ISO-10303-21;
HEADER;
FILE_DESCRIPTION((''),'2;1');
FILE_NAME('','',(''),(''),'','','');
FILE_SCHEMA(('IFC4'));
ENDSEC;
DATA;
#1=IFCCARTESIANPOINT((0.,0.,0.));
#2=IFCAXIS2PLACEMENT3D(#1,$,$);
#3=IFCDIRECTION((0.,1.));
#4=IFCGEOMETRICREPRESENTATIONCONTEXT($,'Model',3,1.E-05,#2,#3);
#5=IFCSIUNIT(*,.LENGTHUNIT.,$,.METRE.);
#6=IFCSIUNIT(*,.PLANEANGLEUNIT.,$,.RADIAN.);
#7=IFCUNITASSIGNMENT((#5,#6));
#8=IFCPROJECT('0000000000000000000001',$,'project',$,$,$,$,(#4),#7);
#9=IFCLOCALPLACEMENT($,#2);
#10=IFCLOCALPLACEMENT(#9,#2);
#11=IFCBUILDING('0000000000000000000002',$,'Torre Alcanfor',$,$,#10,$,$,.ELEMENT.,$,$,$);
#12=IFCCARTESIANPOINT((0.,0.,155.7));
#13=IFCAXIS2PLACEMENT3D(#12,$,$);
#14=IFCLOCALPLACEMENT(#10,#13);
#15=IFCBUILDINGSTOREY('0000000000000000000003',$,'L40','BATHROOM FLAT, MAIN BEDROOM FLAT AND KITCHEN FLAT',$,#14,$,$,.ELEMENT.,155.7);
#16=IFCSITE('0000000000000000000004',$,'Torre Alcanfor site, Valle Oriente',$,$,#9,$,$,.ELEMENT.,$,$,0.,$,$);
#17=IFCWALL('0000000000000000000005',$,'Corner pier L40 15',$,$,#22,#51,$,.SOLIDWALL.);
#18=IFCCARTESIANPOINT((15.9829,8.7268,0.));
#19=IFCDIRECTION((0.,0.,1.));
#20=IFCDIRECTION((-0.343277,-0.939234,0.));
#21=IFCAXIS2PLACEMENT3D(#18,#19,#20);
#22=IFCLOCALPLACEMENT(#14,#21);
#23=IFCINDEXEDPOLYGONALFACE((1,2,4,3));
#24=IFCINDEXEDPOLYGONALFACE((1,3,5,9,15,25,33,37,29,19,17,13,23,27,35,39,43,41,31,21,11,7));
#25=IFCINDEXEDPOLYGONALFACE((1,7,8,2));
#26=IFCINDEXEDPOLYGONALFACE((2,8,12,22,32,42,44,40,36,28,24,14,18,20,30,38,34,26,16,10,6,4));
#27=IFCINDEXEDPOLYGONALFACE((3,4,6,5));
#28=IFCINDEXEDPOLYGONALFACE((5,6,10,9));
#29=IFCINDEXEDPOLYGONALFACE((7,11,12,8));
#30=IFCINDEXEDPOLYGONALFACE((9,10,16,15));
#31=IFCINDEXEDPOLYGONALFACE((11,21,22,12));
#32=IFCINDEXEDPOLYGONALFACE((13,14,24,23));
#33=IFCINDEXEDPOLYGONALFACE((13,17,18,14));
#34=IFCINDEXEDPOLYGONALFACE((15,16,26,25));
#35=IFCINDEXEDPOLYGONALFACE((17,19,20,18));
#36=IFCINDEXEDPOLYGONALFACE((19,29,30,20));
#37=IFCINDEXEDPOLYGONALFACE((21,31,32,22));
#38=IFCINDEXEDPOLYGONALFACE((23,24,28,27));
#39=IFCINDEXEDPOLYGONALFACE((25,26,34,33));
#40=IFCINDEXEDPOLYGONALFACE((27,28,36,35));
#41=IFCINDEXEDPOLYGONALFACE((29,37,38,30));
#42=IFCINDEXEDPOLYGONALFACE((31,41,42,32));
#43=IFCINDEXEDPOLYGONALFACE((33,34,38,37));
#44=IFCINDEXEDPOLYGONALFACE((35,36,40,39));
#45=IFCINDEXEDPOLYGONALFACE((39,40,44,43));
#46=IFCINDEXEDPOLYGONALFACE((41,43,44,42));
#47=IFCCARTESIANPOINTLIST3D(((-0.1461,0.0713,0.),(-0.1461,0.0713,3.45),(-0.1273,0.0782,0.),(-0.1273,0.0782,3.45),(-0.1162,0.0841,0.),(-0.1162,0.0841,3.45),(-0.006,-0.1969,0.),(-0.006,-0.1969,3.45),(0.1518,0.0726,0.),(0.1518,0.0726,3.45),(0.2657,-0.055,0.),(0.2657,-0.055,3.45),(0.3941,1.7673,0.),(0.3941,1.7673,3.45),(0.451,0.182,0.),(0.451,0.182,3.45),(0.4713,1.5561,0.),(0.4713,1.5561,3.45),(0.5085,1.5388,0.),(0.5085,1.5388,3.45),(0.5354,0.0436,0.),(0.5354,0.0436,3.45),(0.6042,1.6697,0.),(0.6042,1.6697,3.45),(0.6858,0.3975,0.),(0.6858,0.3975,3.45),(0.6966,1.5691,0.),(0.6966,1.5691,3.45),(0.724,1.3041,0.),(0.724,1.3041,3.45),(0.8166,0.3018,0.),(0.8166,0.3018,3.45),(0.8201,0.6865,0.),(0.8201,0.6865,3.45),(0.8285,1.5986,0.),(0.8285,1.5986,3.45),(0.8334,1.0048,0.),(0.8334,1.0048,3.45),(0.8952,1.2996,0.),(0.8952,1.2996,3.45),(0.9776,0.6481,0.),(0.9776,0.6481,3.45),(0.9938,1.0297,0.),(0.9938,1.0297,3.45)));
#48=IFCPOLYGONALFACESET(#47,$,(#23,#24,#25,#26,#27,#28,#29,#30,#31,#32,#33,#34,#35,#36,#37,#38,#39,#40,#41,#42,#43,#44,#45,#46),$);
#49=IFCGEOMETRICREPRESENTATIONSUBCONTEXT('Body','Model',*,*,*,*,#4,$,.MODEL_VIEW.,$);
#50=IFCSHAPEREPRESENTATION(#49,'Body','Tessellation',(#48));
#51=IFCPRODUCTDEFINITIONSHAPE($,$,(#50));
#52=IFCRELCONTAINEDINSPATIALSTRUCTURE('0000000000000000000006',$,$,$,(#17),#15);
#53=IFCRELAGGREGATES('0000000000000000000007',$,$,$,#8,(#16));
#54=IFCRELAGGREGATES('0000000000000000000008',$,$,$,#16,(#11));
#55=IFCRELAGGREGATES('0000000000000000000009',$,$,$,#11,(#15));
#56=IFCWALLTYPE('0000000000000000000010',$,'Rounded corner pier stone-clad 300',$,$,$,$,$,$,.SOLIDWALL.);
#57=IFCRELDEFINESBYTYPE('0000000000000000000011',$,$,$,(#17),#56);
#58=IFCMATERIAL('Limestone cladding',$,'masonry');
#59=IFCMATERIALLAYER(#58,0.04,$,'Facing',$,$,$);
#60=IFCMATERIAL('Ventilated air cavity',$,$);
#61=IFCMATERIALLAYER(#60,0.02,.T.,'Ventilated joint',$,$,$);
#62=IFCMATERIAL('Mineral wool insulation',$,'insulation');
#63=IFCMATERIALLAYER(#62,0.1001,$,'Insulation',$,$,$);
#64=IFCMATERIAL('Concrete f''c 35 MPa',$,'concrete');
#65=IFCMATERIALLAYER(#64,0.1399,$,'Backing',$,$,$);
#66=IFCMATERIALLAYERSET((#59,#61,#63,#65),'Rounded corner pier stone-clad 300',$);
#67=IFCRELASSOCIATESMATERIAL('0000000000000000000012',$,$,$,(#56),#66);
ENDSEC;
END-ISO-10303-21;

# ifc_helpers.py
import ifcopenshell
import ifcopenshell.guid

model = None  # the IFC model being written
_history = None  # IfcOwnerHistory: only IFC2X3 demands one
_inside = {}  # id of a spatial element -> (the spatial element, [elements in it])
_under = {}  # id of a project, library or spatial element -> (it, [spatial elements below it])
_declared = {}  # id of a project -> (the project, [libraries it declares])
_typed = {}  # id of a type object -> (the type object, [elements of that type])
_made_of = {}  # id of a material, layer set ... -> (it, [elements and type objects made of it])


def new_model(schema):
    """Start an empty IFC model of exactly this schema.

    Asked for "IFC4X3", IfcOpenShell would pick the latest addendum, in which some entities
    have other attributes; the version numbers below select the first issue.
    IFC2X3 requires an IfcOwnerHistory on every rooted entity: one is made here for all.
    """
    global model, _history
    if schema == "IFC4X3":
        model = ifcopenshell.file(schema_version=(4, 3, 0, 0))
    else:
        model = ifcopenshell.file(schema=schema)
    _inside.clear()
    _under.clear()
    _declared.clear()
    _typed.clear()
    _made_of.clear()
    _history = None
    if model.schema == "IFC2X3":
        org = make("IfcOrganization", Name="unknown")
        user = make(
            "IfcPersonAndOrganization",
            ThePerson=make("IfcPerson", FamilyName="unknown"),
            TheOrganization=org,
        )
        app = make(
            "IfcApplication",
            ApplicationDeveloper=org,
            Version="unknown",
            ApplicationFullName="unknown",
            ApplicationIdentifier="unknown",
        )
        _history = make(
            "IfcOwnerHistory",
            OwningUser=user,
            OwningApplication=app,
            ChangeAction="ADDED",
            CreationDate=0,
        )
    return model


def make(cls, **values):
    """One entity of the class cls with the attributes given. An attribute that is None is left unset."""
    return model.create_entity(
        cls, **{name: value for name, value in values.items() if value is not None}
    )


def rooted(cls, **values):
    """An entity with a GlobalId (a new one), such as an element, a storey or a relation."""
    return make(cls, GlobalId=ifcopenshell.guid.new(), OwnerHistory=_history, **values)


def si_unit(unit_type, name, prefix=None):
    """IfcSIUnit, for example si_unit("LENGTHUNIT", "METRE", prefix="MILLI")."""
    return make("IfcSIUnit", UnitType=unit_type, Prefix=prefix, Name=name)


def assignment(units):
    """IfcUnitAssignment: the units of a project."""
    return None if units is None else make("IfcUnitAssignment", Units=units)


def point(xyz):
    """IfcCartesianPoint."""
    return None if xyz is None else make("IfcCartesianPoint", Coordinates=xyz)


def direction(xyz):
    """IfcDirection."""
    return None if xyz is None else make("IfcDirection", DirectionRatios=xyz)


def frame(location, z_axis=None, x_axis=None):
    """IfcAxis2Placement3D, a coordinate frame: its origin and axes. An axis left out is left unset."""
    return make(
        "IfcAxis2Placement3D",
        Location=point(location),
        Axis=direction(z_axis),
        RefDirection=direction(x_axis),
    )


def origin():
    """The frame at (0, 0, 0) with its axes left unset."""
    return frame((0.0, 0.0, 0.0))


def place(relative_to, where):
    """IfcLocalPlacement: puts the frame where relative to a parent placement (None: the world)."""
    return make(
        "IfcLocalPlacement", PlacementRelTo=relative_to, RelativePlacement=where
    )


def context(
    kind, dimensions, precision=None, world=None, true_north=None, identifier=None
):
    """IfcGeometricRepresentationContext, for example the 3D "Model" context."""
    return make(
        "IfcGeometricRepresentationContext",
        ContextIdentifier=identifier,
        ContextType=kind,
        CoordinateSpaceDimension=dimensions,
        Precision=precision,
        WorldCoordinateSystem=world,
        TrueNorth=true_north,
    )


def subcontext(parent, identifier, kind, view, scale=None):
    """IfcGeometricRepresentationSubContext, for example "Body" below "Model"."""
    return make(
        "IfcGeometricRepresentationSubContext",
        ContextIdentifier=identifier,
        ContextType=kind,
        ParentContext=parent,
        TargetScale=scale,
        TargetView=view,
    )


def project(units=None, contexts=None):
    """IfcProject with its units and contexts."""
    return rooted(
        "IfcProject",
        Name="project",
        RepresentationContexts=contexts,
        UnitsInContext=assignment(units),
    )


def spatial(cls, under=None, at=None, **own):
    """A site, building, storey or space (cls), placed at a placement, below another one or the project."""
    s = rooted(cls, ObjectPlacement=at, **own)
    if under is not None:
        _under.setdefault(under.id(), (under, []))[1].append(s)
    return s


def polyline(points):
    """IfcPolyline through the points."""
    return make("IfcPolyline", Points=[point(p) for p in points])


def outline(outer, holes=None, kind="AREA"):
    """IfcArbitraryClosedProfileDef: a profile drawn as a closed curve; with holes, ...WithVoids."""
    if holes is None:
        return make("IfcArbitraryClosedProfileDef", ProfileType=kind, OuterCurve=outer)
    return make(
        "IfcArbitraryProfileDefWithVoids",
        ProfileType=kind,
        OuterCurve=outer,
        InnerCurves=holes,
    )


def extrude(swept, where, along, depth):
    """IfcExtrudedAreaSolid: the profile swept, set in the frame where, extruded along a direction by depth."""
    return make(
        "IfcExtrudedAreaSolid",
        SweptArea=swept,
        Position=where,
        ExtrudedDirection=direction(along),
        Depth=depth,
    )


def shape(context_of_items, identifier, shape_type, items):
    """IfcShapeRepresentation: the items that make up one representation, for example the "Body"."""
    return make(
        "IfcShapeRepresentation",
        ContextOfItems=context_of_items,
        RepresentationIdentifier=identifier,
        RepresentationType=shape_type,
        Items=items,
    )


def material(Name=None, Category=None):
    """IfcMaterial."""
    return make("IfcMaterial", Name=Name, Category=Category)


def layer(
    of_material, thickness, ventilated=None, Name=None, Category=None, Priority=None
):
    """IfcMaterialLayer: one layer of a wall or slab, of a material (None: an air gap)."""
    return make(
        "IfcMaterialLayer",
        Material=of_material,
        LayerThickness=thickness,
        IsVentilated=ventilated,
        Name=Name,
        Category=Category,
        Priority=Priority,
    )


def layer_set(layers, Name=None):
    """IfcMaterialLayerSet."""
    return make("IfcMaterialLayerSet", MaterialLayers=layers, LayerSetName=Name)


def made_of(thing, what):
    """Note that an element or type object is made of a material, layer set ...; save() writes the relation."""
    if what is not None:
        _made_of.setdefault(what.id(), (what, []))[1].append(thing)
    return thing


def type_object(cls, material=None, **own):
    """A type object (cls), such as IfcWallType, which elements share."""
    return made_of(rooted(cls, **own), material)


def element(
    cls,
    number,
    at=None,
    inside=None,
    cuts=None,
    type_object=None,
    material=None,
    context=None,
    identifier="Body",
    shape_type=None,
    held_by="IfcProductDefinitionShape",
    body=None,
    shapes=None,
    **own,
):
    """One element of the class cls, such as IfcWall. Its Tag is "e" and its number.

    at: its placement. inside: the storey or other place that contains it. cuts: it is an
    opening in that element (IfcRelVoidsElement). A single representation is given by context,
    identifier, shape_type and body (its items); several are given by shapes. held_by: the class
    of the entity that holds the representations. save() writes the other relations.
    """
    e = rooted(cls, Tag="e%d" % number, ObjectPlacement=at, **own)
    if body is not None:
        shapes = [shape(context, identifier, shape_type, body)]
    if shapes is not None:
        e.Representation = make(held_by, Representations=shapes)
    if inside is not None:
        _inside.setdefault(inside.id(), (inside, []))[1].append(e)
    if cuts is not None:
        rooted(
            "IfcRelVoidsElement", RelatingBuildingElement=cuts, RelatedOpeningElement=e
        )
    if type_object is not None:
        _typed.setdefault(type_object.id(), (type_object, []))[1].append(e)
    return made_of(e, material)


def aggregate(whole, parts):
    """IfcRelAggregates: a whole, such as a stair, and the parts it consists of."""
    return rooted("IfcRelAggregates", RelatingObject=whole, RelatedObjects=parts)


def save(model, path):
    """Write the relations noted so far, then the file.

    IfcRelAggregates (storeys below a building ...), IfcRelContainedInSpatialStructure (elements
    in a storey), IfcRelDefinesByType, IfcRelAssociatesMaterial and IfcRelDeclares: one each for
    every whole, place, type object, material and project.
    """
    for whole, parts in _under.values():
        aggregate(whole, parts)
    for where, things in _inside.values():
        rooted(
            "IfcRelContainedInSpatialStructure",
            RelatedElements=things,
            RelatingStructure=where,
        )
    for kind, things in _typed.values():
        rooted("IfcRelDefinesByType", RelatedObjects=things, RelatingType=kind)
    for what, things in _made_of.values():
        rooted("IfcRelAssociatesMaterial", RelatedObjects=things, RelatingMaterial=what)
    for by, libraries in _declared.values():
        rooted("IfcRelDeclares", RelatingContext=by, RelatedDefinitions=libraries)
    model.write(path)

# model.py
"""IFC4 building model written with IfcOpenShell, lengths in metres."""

from ifc_helpers import new_model, si_unit, direction, frame, origin, place, context, subcontext, project, spatial, polyline, outline, extrude, material, layer, layer_set, type_object, element, save


model = new_model("IFC4")

# Units and contexts
model_context = context("Model", 3, precision=1e-05, world=origin(), true_north=direction((0.0, 1.0)))
body_context = subcontext(model_context, "Body", "Model", "MODEL_VIEW")
ifc_project = project(units=[si_unit("LENGTHUNIT", "METRE"), si_unit("PLANEANGLEUNIT", "RADIAN")], contexts=[model_context])

# Site, building, storey
site_placement = place(None, origin())
site = spatial("IfcSite", under=ifc_project, at=site_placement, Name="Torre Alcanfor site, Valle Oriente", CompositionType="ELEMENT", RefElevation=0.0)
building_placement = place(site_placement, origin())
building = spatial("IfcBuilding", under=site, at=building_placement, Name="Torre Alcanfor", CompositionType="ELEMENT")
storey_placement = place(building_placement, frame((0.0, 0.0, 155.7)))
storey = spatial("IfcBuildingStorey", under=building, at=storey_placement, Name="L40", Description="BATHROOM FLAT, MAIN BEDROOM FLAT AND KITCHEN FLAT", CompositionType="ELEMENT", Elevation=155.7)

# Shared definitions
ifc_material_1 = material(Name="Limestone cladding", Category="masonry")
ifc_material_2 = material(Name="Ventilated air cavity")
ifc_material_3 = material(Name="Mineral wool insulation", Category="insulation")
ifc_material_4 = material(Name="Concrete f'c 35 MPa", Category="concrete")

# Wall
ifc_layer_1 = layer(ifc_material_1, 0.04, Name="Facing")
ifc_layer_2 = layer(ifc_material_2, 0.02, ventilated=True, Name="Ventilated joint")
ifc_layer_3 = layer(ifc_material_3, 0.1001, Name="Insulation")
ifc_layer_4 = layer(ifc_material_4, 0.1399, Name="Backing")
ifc_layer_set_1 = layer_set([ifc_layer_1, ifc_layer_2, ifc_layer_3, ifc_layer_4], Name="Rounded corner pier stone-clad 300")
wall_type_1 = type_object("IfcWallType", Name="Rounded corner pier stone-clad 300", PredefinedType="SOLIDWALL", material=ifc_layer_set_1)
wall_1_placement = place(storey_placement, frame((15.9829, 8.7268, 0.0), z_axis=(0.0, 0.0, 1.0), x_axis=(-0.343277, -0.939234, 0.0)))
element("IfcWall", 1, at=wall_1_placement, inside=storey, type_object=wall_type_1, Name="Corner pier L40 15", PredefinedType="SOLIDWALL", context=body_context, shape_type="SweptSolid", body=[
    extrude(outline(polyline([(0.8285, 1.5986), (0.6966, 1.5691), (0.6042, 1.6697), (0.3941, 1.7673), (0.4713, 1.5561), (0.5085, 1.5388), (0.724, 1.3041), (0.8334, 1.0048), (0.8201, 0.6865), (0.6858, 0.3975), (0.451, 0.182), (0.1518, 0.0726), (-0.1162, 0.0841), (-0.1273, 0.0782), (-0.1461, 0.0713), (-0.006, -0.1969), (0.2657, -0.055), (0.5354, 0.0436), (0.8166, 0.3018), (0.9776, 0.6481), (0.9938, 1.0297), (0.8952, 1.2996), (0.8285, 1.5986)])), origin(), (0.0, 0.0, 1.0), 3.45),
])

save(model, "model.ifc")
